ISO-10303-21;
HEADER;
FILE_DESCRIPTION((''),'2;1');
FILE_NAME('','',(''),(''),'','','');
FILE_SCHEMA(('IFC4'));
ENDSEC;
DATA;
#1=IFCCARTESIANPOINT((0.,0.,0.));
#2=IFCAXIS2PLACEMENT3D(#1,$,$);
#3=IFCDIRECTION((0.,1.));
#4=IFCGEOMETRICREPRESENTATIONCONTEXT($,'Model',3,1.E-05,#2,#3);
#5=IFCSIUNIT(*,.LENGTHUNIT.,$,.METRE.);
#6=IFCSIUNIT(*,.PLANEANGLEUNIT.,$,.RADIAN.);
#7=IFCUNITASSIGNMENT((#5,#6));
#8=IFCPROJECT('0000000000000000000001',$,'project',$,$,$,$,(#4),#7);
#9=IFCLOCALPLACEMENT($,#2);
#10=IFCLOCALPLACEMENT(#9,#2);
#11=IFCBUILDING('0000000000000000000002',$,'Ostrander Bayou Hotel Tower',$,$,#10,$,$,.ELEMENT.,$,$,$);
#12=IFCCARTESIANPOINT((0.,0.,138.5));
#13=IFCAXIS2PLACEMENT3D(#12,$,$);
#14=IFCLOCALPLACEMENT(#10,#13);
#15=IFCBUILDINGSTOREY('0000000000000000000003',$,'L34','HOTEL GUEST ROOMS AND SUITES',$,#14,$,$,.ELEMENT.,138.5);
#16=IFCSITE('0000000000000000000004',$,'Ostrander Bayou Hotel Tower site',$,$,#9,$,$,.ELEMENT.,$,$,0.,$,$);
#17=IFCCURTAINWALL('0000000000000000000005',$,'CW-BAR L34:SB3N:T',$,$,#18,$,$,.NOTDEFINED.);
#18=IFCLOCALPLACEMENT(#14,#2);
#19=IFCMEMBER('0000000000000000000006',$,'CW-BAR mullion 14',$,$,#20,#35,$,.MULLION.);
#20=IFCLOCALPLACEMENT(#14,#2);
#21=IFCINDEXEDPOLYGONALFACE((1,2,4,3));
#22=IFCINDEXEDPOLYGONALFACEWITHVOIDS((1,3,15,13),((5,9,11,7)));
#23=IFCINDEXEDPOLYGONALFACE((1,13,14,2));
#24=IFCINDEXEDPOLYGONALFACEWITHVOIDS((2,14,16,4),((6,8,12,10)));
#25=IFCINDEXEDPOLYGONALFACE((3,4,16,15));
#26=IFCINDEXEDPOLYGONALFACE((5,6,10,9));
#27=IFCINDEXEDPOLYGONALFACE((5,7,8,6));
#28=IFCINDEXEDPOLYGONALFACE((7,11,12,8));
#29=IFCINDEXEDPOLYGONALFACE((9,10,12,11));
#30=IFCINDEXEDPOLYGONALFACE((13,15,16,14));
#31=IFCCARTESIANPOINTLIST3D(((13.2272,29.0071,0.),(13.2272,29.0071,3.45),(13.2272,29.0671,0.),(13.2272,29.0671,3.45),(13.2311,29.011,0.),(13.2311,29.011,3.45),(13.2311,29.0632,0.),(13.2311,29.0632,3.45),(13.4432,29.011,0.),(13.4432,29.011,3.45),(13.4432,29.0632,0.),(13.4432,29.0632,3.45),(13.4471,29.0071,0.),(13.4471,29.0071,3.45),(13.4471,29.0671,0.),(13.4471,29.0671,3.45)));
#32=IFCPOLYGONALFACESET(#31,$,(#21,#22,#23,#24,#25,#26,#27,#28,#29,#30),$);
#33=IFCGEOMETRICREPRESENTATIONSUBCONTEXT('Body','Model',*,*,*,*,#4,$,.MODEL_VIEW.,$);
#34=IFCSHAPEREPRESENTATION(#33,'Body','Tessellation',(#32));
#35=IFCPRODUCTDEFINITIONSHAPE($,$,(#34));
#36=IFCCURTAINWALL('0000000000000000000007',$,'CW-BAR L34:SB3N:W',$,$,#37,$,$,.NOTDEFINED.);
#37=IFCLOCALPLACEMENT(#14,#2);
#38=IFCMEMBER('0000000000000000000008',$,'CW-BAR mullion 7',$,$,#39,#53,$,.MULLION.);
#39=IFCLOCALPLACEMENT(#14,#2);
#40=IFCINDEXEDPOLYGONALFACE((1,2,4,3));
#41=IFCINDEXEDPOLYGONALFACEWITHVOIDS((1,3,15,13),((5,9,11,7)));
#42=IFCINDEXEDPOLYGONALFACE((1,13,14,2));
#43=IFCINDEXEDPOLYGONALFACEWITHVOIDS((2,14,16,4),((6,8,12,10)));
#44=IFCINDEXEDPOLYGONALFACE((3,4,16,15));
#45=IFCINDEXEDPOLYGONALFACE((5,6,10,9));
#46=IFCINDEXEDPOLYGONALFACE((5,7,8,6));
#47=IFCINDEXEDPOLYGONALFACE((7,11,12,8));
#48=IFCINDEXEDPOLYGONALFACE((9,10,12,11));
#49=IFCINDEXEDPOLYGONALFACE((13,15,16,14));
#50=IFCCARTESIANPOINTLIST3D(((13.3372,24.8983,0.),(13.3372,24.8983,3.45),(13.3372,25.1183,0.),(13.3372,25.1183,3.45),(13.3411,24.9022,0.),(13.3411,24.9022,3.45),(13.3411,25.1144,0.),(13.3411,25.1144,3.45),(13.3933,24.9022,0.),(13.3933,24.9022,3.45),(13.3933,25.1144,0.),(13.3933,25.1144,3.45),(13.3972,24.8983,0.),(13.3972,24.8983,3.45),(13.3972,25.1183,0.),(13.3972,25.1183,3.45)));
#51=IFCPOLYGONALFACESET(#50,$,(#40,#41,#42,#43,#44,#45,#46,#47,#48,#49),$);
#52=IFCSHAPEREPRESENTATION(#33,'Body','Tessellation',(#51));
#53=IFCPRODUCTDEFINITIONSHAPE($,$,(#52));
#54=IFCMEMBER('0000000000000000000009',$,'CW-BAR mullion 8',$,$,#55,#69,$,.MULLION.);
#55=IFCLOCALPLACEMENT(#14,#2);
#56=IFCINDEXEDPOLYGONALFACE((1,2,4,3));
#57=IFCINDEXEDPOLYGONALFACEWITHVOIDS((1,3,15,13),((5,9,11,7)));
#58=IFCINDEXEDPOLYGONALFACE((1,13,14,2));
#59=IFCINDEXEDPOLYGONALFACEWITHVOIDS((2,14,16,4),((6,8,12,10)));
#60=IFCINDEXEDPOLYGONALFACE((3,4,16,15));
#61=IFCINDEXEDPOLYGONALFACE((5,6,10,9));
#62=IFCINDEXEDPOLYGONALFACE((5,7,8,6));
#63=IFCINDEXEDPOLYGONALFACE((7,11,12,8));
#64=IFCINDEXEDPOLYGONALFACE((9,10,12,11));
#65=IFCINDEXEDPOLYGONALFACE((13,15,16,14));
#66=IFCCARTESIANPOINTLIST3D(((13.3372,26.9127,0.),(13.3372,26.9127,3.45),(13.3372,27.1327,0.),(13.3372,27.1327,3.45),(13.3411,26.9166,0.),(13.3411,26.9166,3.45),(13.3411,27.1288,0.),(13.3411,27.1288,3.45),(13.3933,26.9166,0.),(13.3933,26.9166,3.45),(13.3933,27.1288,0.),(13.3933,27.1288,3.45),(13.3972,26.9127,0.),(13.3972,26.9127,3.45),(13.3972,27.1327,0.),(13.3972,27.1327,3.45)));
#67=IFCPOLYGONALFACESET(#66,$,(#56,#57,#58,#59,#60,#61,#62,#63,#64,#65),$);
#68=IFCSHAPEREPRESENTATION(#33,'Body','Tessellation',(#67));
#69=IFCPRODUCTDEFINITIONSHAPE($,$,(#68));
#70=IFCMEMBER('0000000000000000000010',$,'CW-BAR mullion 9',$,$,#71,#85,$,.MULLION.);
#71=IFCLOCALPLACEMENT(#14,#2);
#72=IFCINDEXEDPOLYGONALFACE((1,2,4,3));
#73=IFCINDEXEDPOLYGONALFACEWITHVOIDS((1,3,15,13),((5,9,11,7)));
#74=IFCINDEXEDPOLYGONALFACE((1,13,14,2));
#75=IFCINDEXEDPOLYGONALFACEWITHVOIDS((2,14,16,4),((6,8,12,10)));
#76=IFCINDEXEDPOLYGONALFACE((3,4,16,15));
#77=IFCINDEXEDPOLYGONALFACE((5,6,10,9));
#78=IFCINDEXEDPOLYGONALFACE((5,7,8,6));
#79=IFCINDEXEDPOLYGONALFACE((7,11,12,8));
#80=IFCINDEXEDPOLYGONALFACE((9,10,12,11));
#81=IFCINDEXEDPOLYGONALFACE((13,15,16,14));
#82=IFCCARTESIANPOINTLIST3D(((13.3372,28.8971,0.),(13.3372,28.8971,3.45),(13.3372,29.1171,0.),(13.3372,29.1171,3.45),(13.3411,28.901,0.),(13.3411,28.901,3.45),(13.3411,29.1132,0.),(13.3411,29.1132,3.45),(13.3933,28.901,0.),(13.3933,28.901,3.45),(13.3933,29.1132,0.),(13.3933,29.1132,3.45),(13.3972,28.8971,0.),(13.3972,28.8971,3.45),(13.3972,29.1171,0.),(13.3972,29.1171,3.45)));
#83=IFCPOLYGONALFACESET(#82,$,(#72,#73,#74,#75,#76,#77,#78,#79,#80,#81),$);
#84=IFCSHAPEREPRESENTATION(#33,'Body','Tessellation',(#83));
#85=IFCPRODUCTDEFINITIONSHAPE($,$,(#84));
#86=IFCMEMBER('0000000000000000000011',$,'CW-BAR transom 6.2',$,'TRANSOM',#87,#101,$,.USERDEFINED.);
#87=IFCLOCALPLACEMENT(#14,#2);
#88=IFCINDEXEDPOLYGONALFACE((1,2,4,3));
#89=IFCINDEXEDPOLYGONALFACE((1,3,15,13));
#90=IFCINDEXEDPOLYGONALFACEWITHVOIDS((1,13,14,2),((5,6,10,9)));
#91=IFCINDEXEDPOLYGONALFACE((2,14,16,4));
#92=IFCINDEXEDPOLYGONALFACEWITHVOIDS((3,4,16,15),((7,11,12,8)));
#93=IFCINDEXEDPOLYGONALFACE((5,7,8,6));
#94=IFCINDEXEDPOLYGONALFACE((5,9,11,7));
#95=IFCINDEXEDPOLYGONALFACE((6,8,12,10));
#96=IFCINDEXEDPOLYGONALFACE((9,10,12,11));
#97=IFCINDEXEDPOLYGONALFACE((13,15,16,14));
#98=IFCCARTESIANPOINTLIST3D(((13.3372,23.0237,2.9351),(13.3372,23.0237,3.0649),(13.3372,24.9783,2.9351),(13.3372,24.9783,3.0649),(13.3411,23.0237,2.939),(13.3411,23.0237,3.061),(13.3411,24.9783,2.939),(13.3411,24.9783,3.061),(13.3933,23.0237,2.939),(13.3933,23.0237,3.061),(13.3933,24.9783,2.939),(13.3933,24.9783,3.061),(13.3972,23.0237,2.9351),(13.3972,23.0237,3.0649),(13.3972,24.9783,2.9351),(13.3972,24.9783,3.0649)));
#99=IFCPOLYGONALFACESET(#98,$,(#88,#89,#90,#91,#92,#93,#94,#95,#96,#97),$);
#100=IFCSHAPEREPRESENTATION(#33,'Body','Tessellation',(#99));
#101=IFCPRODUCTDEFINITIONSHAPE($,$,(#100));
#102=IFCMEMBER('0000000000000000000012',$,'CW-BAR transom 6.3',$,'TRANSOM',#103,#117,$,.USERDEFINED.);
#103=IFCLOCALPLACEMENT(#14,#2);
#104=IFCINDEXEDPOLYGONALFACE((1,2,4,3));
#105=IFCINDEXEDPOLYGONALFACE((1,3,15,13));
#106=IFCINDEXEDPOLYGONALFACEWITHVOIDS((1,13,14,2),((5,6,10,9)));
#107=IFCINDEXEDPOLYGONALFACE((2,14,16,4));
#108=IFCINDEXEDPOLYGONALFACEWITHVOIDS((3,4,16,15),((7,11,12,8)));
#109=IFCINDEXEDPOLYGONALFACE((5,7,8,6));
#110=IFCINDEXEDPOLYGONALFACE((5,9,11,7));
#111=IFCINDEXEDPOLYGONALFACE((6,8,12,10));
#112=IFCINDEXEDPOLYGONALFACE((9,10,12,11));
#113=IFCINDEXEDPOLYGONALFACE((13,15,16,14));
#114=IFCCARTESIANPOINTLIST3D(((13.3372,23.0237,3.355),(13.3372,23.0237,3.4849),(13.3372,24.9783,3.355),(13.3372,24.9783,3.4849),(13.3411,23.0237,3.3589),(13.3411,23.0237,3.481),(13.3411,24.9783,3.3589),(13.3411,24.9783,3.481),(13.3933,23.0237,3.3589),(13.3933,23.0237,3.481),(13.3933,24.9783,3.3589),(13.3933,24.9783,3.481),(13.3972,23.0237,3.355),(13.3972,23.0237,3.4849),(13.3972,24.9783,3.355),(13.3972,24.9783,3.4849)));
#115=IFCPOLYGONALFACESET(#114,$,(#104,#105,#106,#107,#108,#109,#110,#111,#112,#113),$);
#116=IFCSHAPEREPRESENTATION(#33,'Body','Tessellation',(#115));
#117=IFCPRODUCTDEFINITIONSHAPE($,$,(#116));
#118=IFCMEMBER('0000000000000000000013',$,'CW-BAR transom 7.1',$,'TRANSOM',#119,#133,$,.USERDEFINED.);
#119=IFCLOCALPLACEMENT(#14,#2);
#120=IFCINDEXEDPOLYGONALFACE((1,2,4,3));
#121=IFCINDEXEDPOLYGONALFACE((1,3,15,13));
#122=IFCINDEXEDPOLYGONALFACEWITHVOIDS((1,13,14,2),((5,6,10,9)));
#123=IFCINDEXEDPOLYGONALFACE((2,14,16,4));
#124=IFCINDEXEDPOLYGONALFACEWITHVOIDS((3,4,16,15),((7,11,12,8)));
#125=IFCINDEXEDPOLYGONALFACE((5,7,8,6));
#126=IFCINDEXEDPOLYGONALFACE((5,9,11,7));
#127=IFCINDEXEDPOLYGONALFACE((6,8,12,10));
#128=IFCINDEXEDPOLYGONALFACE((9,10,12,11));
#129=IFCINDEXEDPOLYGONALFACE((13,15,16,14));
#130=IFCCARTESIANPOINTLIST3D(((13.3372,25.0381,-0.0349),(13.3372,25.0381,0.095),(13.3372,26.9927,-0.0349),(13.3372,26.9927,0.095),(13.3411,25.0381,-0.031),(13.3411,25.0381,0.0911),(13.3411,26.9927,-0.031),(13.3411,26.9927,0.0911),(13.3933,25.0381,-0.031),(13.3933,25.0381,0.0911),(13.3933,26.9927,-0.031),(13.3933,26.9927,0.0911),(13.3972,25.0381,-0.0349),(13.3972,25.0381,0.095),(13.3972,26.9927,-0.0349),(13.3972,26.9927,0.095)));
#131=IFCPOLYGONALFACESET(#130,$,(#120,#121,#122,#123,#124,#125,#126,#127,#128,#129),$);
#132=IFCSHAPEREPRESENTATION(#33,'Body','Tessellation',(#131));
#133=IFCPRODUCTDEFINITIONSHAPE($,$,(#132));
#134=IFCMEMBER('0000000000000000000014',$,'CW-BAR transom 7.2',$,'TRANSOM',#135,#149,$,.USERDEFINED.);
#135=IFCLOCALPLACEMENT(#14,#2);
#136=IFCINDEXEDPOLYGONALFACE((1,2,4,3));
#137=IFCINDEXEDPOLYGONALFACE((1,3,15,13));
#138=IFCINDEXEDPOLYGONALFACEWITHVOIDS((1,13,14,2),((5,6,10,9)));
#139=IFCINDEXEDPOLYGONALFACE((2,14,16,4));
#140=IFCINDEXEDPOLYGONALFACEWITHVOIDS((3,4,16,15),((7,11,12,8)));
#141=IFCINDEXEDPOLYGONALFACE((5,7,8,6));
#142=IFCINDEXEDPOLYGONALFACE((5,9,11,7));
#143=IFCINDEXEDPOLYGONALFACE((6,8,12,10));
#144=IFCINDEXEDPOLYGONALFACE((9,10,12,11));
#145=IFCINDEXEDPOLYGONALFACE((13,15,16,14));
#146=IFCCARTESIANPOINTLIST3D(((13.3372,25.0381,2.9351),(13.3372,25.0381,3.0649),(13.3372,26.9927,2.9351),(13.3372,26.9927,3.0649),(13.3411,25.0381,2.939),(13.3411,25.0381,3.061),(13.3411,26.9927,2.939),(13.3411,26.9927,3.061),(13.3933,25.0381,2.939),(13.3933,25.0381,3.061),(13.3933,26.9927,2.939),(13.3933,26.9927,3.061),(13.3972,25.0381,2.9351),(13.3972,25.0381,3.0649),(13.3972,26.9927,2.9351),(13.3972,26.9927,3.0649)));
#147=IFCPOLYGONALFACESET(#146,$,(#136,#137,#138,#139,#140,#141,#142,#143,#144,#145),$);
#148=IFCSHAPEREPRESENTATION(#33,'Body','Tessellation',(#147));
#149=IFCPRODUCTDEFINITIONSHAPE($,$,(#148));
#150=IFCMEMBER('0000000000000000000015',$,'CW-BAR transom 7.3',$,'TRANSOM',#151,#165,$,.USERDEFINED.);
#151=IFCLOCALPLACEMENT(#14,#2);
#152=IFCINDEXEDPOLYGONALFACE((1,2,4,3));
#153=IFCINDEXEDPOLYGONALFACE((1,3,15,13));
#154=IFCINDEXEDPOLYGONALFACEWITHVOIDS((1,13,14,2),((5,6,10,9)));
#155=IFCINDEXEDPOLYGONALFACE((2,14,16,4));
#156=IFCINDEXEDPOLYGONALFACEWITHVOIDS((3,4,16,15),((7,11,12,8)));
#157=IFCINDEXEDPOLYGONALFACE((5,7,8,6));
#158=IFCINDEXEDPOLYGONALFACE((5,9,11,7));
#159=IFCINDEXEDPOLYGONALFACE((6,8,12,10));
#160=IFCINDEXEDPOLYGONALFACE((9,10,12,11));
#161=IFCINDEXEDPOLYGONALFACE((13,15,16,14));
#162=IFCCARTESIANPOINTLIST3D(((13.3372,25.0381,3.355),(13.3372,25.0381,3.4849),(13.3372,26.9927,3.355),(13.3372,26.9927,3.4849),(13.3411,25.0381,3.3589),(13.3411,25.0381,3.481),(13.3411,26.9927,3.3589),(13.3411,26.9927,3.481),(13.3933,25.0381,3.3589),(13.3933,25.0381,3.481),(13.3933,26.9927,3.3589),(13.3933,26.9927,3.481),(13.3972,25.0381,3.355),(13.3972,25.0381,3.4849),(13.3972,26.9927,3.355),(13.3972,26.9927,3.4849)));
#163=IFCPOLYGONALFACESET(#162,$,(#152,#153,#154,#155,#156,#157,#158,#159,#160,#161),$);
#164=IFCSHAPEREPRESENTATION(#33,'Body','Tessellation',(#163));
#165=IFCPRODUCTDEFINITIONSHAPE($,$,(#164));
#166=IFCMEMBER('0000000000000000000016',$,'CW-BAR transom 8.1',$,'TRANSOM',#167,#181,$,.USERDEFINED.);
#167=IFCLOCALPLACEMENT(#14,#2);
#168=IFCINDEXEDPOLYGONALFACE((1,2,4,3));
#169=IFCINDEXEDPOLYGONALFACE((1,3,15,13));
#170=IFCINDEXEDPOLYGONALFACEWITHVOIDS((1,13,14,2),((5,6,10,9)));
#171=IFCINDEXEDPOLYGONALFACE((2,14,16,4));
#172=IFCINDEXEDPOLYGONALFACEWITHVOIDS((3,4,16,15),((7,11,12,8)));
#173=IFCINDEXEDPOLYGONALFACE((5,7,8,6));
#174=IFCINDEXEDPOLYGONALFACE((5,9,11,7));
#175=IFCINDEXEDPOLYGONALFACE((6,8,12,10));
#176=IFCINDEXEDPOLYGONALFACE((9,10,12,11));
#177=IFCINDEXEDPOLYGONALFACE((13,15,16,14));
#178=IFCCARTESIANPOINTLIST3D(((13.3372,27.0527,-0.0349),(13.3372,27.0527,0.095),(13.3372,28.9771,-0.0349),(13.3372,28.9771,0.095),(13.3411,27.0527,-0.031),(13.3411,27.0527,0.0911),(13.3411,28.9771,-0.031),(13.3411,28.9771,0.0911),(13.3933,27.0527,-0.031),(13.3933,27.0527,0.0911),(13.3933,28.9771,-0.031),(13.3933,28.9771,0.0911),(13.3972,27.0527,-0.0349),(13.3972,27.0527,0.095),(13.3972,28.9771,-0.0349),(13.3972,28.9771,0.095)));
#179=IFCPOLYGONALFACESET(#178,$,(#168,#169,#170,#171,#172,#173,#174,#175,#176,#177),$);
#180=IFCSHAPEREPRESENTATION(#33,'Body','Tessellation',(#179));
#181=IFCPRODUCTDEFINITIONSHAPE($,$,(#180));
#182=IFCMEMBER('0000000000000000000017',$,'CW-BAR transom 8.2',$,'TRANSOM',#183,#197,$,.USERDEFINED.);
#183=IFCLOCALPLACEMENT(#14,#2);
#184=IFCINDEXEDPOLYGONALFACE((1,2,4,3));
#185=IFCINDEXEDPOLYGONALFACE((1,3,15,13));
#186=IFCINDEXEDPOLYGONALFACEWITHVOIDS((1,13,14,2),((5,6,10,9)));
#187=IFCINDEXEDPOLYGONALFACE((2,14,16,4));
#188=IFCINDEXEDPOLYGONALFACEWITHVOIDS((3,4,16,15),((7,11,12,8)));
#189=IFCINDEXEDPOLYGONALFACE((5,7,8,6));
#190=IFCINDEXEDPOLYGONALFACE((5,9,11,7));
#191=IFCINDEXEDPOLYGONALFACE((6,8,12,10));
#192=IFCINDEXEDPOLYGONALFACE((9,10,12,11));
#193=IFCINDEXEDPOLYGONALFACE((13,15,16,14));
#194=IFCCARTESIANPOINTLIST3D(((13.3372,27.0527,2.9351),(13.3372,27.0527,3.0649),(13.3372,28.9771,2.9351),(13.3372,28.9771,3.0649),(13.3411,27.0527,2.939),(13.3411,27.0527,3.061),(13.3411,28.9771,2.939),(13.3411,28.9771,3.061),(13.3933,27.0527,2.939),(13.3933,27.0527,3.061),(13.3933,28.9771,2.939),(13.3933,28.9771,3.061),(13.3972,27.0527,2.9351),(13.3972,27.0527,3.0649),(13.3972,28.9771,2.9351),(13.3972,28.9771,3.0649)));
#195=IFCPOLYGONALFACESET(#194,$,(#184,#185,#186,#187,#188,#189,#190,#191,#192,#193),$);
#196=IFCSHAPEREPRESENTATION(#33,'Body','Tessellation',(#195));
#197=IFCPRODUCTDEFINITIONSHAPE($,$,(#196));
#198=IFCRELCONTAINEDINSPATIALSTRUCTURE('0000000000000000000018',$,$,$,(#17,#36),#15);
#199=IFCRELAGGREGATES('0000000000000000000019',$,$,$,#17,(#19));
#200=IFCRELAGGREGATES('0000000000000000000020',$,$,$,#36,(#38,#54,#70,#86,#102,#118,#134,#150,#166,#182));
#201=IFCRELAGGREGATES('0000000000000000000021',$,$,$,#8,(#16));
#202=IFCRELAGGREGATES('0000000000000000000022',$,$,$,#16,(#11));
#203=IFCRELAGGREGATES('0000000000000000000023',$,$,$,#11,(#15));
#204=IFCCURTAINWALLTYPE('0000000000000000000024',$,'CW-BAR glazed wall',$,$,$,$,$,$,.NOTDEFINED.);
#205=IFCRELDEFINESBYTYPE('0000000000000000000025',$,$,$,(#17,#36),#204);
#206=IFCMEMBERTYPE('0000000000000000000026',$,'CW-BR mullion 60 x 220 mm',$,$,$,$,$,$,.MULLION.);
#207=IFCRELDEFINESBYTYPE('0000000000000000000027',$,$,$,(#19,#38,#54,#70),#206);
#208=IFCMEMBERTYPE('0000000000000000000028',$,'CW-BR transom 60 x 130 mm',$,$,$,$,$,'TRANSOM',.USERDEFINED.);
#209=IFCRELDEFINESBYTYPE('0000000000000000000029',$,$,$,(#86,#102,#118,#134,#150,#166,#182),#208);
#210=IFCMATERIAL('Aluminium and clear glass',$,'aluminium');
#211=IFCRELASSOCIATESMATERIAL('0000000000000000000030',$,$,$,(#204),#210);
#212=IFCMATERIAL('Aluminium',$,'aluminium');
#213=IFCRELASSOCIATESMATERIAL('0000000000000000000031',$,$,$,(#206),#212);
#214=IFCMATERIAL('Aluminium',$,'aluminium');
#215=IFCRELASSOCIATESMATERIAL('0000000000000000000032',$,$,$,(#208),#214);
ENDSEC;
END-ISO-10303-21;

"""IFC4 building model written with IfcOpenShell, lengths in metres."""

from ifc_helpers import new_model, si_unit, direction, frame, origin, origin_2d, place, context, subcontext, project, spatial, hollow_rectangle, extrude, material, material_profile, profile_set, type_object, element, aggregate, save


model = new_model("IFC4")

# Units and contexts
model_context = context("Model", 3, precision=1e-05, world=origin(), true_north=direction((0.0, 1.0)))
body_context = subcontext(model_context, "Body", "Model", "MODEL_VIEW")
ifc_project = project(units=[si_unit("LENGTHUNIT", "METRE"), si_unit("PLANEANGLEUNIT", "RADIAN")], contexts=[model_context])

# Site, building, storey
site_placement = place(None, origin())
site = spatial("IfcSite", under=ifc_project, at=site_placement, Name="Ostrander Bayou Hotel Tower site", CompositionType="ELEMENT", RefElevation=0.0)
building_placement = place(site_placement, origin())
building = spatial("IfcBuilding", under=site, at=building_placement, Name="Ostrander Bayou Hotel Tower", CompositionType="ELEMENT")
storey_placement = place(building_placement, frame((0.0, 0.0, 138.5)))
storey = spatial("IfcBuildingStorey", under=building, at=storey_placement, Name="L34", Description="HOTEL GUEST ROOMS AND SUITES", CompositionType="ELEMENT", Elevation=138.5)

# Curtain wall, member
ifc_material_1 = material(Name="Aluminium and clear glass", Category="aluminium")
curtain_wall_type = type_object("IfcCurtainWallType", Name="CW-BAR glazed wall", PredefinedType="NOTDEFINED", material=ifc_material_1)
curtain_wall_1_placement = place(storey_placement, origin())
curtain_wall_1 = element("IfcCurtainWall", 1, at=curtain_wall_1_placement, inside=storey, type_object=curtain_wall_type, Name="CW-BAR L34:SB3N:T", PredefinedType="NOTDEFINED")
ifc_material_2 = material(Name="Aluminium", Category="aluminium")
ifc_material_profile_1 = material_profile(ifc_material_2, hollow_rectangle(XDim=0.0601, YDim=0.22, WallThickness=0.0039, at=origin_2d()))
ifc_profile_set_1 = profile_set([ifc_material_profile_1], Name="Aluminium")
member_type_1 = type_object("IfcMemberType", Name="CW-BR mullion 60 x 220 mm", PredefinedType="MULLION", material=ifc_profile_set_1)
member_1_placement = place(storey_placement, frame((13.3372, 29.0371, 0.0), z_axis=(0.0, 0.0, 1.0), x_axis=(0.0, 1.0, 0.0)))
member_1 = element("IfcMember", 2, at=member_1_placement, type_object=member_type_1, Name="CW-BAR mullion 14", PredefinedType="MULLION", context=body_context, shape_type="SweptSolid", body=[
    extrude(hollow_rectangle(XDim=0.0601, YDim=0.22, WallThickness=0.0039, at=origin_2d()), origin(), (0.0, 0.0, 1.0), 3.45),
])

# Curtain wall, members
curtain_wall_2_placement = place(storey_placement, origin())
curtain_wall_2 = element("IfcCurtainWall", 3, at=curtain_wall_2_placement, inside=storey, type_object=curtain_wall_type, Name="CW-BAR L34:SB3N:W", PredefinedType="NOTDEFINED")
member_2_placement = place(storey_placement, frame((13.3672, 25.0083, 0.0), z_axis=(0.0, 0.0, 1.0), x_axis=(-1.0, 0.0, 0.0)))
member_2 = element("IfcMember", 4, at=member_2_placement, type_object=member_type_1, Name="CW-BAR mullion 7", PredefinedType="MULLION", context=body_context, shape_type="SweptSolid", body=[
    extrude(hollow_rectangle(XDim=0.0601, YDim=0.22, WallThickness=0.0039, at=origin_2d()), origin(), (0.0, 0.0, 1.0), 3.45),
])
member_3_placement = place(storey_placement, frame((13.3672, 27.0227, 0.0), z_axis=(0.0, 0.0, 1.0), x_axis=(-1.0, 0.0, 0.0)))
member_3 = element("IfcMember", 5, at=member_3_placement, type_object=member_type_1, Name="CW-BAR mullion 8", PredefinedType="MULLION", context=body_context, shape_type="SweptSolid", body=[
    extrude(hollow_rectangle(XDim=0.0601, YDim=0.22, WallThickness=0.0039, at=origin_2d()), origin(), (0.0, 0.0, 1.0), 3.45),
])
member_4_placement = place(storey_placement, frame((13.3672, 29.0071, 0.0), z_axis=(0.0, 0.0, 1.0), x_axis=(-1.0, 0.0, 0.0)))
member_4 = element("IfcMember", 6, at=member_4_placement, type_object=member_type_1, Name="CW-BAR mullion 9", PredefinedType="MULLION", context=body_context, shape_type="SweptSolid", body=[
    extrude(hollow_rectangle(XDim=0.0601, YDim=0.22, WallThickness=0.0039, at=origin_2d()), origin(), (0.0, 0.0, 1.0), 3.45),
])
ifc_material_3 = material(Name="Aluminium", Category="aluminium")
ifc_material_profile_2 = material_profile(ifc_material_3, hollow_rectangle(XDim=0.0601, YDim=0.1299, WallThickness=0.0039, at=origin_2d()))
ifc_profile_set_2 = profile_set([ifc_material_profile_2], Name="Aluminium")
member_type_2 = type_object("IfcMemberType", Name="CW-BR transom 60 x 130 mm", ElementType="TRANSOM", PredefinedType="USERDEFINED", material=ifc_profile_set_2)
member_5_placement = place(storey_placement, frame((13.3672, 23.0237, 3.0), z_axis=(0.0, 1.0, 0.0), x_axis=(-1.0, 0.0, 0.0)))
member_5 = element("IfcMember", 7, at=member_5_placement, type_object=member_type_2, Name="CW-BAR transom 6.2", ObjectType="TRANSOM", PredefinedType="USERDEFINED", context=body_context, shape_type="SweptSolid", body=[
    extrude(hollow_rectangle(XDim=0.0601, YDim=0.1299, WallThickness=0.0039, at=origin_2d()), origin(), (0.0, 0.0, 1.0), 1.9546),
])
member_6_placement = place(storey_placement, frame((13.3672, 23.0237, 3.4199), z_axis=(0.0, 1.0, 0.0), x_axis=(-1.0, 0.0, 0.0)))
member_6 = element("IfcMember", 8, at=member_6_placement, type_object=member_type_2, Name="CW-BAR transom 6.3", ObjectType="TRANSOM", PredefinedType="USERDEFINED", context=body_context, shape_type="SweptSolid", body=[
    extrude(hollow_rectangle(XDim=0.0601, YDim=0.1299, WallThickness=0.0039, at=origin_2d()), origin(), (0.0, 0.0, 1.0), 1.9546),
])
member_7_placement = place(storey_placement, frame((13.3672, 25.0381, 0.03), z_axis=(0.0, 1.0, 0.0), x_axis=(-1.0, 0.0, 0.0)))
member_7 = element("IfcMember", 9, at=member_7_placement, type_object=member_type_2, Name="CW-BAR transom 7.1", ObjectType="TRANSOM", PredefinedType="USERDEFINED", context=body_context, shape_type="SweptSolid", body=[
    extrude(hollow_rectangle(XDim=0.0601, YDim=0.1299, WallThickness=0.0039, at=origin_2d()), origin(), (0.0, 0.0, 1.0), 1.9546),
])
member_8_placement = place(storey_placement, frame((13.3672, 25.0381, 3.0), z_axis=(0.0, 1.0, 0.0), x_axis=(-1.0, 0.0, 0.0)))
member_8 = element("IfcMember", 10, at=member_8_placement, type_object=member_type_2, Name="CW-BAR transom 7.2", ObjectType="TRANSOM", PredefinedType="USERDEFINED", context=body_context, shape_type="SweptSolid", body=[
    extrude(hollow_rectangle(XDim=0.0601, YDim=0.1299, WallThickness=0.0039, at=origin_2d()), origin(), (0.0, 0.0, 1.0), 1.9546),
])
member_9_placement = place(storey_placement, frame((13.3672, 25.0381, 3.4199), z_axis=(0.0, 1.0, 0.0), x_axis=(-1.0, 0.0, 0.0)))
member_9 = element("IfcMember", 11, at=member_9_placement, type_object=member_type_2, Name="CW-BAR transom 7.3", ObjectType="TRANSOM", PredefinedType="USERDEFINED", context=body_context, shape_type="SweptSolid", body=[
    extrude(hollow_rectangle(XDim=0.0601, YDim=0.1299, WallThickness=0.0039, at=origin_2d()), origin(), (0.0, 0.0, 1.0), 1.9546),
])
member_10_placement = place(storey_placement, frame((13.3672, 27.0527, 0.03), z_axis=(0.0, 1.0, 0.0), x_axis=(-1.0, 0.0, 0.0)))
member_10 = element("IfcMember", 12, at=member_10_placement, type_object=member_type_2, Name="CW-BAR transom 8.1", ObjectType="TRANSOM", PredefinedType="USERDEFINED", context=body_context, shape_type="SweptSolid", body=[
    extrude(hollow_rectangle(XDim=0.0601, YDim=0.1299, WallThickness=0.0039, at=origin_2d()), origin(), (0.0, 0.0, 1.0), 1.9243),
])
member_11_placement = place(storey_placement, frame((13.3672, 27.0527, 3.0), z_axis=(0.0, 1.0, 0.0), x_axis=(-1.0, 0.0, 0.0)))
member_11 = element("IfcMember", 13, at=member_11_placement, type_object=member_type_2, Name="CW-BAR transom 8.2", ObjectType="TRANSOM", PredefinedType="USERDEFINED", context=body_context, shape_type="SweptSolid", body=[
    extrude(hollow_rectangle(XDim=0.0601, YDim=0.1299, WallThickness=0.0039, at=origin_2d()), origin(), (0.0, 0.0, 1.0), 1.9243),
])

aggregate(curtain_wall_1, [member_1])
aggregate(curtain_wall_2, [member_2, member_3, member_4, member_5, member_6, member_7, member_8, member_9, member_10, member_11])

save(model, "model.ifc")
